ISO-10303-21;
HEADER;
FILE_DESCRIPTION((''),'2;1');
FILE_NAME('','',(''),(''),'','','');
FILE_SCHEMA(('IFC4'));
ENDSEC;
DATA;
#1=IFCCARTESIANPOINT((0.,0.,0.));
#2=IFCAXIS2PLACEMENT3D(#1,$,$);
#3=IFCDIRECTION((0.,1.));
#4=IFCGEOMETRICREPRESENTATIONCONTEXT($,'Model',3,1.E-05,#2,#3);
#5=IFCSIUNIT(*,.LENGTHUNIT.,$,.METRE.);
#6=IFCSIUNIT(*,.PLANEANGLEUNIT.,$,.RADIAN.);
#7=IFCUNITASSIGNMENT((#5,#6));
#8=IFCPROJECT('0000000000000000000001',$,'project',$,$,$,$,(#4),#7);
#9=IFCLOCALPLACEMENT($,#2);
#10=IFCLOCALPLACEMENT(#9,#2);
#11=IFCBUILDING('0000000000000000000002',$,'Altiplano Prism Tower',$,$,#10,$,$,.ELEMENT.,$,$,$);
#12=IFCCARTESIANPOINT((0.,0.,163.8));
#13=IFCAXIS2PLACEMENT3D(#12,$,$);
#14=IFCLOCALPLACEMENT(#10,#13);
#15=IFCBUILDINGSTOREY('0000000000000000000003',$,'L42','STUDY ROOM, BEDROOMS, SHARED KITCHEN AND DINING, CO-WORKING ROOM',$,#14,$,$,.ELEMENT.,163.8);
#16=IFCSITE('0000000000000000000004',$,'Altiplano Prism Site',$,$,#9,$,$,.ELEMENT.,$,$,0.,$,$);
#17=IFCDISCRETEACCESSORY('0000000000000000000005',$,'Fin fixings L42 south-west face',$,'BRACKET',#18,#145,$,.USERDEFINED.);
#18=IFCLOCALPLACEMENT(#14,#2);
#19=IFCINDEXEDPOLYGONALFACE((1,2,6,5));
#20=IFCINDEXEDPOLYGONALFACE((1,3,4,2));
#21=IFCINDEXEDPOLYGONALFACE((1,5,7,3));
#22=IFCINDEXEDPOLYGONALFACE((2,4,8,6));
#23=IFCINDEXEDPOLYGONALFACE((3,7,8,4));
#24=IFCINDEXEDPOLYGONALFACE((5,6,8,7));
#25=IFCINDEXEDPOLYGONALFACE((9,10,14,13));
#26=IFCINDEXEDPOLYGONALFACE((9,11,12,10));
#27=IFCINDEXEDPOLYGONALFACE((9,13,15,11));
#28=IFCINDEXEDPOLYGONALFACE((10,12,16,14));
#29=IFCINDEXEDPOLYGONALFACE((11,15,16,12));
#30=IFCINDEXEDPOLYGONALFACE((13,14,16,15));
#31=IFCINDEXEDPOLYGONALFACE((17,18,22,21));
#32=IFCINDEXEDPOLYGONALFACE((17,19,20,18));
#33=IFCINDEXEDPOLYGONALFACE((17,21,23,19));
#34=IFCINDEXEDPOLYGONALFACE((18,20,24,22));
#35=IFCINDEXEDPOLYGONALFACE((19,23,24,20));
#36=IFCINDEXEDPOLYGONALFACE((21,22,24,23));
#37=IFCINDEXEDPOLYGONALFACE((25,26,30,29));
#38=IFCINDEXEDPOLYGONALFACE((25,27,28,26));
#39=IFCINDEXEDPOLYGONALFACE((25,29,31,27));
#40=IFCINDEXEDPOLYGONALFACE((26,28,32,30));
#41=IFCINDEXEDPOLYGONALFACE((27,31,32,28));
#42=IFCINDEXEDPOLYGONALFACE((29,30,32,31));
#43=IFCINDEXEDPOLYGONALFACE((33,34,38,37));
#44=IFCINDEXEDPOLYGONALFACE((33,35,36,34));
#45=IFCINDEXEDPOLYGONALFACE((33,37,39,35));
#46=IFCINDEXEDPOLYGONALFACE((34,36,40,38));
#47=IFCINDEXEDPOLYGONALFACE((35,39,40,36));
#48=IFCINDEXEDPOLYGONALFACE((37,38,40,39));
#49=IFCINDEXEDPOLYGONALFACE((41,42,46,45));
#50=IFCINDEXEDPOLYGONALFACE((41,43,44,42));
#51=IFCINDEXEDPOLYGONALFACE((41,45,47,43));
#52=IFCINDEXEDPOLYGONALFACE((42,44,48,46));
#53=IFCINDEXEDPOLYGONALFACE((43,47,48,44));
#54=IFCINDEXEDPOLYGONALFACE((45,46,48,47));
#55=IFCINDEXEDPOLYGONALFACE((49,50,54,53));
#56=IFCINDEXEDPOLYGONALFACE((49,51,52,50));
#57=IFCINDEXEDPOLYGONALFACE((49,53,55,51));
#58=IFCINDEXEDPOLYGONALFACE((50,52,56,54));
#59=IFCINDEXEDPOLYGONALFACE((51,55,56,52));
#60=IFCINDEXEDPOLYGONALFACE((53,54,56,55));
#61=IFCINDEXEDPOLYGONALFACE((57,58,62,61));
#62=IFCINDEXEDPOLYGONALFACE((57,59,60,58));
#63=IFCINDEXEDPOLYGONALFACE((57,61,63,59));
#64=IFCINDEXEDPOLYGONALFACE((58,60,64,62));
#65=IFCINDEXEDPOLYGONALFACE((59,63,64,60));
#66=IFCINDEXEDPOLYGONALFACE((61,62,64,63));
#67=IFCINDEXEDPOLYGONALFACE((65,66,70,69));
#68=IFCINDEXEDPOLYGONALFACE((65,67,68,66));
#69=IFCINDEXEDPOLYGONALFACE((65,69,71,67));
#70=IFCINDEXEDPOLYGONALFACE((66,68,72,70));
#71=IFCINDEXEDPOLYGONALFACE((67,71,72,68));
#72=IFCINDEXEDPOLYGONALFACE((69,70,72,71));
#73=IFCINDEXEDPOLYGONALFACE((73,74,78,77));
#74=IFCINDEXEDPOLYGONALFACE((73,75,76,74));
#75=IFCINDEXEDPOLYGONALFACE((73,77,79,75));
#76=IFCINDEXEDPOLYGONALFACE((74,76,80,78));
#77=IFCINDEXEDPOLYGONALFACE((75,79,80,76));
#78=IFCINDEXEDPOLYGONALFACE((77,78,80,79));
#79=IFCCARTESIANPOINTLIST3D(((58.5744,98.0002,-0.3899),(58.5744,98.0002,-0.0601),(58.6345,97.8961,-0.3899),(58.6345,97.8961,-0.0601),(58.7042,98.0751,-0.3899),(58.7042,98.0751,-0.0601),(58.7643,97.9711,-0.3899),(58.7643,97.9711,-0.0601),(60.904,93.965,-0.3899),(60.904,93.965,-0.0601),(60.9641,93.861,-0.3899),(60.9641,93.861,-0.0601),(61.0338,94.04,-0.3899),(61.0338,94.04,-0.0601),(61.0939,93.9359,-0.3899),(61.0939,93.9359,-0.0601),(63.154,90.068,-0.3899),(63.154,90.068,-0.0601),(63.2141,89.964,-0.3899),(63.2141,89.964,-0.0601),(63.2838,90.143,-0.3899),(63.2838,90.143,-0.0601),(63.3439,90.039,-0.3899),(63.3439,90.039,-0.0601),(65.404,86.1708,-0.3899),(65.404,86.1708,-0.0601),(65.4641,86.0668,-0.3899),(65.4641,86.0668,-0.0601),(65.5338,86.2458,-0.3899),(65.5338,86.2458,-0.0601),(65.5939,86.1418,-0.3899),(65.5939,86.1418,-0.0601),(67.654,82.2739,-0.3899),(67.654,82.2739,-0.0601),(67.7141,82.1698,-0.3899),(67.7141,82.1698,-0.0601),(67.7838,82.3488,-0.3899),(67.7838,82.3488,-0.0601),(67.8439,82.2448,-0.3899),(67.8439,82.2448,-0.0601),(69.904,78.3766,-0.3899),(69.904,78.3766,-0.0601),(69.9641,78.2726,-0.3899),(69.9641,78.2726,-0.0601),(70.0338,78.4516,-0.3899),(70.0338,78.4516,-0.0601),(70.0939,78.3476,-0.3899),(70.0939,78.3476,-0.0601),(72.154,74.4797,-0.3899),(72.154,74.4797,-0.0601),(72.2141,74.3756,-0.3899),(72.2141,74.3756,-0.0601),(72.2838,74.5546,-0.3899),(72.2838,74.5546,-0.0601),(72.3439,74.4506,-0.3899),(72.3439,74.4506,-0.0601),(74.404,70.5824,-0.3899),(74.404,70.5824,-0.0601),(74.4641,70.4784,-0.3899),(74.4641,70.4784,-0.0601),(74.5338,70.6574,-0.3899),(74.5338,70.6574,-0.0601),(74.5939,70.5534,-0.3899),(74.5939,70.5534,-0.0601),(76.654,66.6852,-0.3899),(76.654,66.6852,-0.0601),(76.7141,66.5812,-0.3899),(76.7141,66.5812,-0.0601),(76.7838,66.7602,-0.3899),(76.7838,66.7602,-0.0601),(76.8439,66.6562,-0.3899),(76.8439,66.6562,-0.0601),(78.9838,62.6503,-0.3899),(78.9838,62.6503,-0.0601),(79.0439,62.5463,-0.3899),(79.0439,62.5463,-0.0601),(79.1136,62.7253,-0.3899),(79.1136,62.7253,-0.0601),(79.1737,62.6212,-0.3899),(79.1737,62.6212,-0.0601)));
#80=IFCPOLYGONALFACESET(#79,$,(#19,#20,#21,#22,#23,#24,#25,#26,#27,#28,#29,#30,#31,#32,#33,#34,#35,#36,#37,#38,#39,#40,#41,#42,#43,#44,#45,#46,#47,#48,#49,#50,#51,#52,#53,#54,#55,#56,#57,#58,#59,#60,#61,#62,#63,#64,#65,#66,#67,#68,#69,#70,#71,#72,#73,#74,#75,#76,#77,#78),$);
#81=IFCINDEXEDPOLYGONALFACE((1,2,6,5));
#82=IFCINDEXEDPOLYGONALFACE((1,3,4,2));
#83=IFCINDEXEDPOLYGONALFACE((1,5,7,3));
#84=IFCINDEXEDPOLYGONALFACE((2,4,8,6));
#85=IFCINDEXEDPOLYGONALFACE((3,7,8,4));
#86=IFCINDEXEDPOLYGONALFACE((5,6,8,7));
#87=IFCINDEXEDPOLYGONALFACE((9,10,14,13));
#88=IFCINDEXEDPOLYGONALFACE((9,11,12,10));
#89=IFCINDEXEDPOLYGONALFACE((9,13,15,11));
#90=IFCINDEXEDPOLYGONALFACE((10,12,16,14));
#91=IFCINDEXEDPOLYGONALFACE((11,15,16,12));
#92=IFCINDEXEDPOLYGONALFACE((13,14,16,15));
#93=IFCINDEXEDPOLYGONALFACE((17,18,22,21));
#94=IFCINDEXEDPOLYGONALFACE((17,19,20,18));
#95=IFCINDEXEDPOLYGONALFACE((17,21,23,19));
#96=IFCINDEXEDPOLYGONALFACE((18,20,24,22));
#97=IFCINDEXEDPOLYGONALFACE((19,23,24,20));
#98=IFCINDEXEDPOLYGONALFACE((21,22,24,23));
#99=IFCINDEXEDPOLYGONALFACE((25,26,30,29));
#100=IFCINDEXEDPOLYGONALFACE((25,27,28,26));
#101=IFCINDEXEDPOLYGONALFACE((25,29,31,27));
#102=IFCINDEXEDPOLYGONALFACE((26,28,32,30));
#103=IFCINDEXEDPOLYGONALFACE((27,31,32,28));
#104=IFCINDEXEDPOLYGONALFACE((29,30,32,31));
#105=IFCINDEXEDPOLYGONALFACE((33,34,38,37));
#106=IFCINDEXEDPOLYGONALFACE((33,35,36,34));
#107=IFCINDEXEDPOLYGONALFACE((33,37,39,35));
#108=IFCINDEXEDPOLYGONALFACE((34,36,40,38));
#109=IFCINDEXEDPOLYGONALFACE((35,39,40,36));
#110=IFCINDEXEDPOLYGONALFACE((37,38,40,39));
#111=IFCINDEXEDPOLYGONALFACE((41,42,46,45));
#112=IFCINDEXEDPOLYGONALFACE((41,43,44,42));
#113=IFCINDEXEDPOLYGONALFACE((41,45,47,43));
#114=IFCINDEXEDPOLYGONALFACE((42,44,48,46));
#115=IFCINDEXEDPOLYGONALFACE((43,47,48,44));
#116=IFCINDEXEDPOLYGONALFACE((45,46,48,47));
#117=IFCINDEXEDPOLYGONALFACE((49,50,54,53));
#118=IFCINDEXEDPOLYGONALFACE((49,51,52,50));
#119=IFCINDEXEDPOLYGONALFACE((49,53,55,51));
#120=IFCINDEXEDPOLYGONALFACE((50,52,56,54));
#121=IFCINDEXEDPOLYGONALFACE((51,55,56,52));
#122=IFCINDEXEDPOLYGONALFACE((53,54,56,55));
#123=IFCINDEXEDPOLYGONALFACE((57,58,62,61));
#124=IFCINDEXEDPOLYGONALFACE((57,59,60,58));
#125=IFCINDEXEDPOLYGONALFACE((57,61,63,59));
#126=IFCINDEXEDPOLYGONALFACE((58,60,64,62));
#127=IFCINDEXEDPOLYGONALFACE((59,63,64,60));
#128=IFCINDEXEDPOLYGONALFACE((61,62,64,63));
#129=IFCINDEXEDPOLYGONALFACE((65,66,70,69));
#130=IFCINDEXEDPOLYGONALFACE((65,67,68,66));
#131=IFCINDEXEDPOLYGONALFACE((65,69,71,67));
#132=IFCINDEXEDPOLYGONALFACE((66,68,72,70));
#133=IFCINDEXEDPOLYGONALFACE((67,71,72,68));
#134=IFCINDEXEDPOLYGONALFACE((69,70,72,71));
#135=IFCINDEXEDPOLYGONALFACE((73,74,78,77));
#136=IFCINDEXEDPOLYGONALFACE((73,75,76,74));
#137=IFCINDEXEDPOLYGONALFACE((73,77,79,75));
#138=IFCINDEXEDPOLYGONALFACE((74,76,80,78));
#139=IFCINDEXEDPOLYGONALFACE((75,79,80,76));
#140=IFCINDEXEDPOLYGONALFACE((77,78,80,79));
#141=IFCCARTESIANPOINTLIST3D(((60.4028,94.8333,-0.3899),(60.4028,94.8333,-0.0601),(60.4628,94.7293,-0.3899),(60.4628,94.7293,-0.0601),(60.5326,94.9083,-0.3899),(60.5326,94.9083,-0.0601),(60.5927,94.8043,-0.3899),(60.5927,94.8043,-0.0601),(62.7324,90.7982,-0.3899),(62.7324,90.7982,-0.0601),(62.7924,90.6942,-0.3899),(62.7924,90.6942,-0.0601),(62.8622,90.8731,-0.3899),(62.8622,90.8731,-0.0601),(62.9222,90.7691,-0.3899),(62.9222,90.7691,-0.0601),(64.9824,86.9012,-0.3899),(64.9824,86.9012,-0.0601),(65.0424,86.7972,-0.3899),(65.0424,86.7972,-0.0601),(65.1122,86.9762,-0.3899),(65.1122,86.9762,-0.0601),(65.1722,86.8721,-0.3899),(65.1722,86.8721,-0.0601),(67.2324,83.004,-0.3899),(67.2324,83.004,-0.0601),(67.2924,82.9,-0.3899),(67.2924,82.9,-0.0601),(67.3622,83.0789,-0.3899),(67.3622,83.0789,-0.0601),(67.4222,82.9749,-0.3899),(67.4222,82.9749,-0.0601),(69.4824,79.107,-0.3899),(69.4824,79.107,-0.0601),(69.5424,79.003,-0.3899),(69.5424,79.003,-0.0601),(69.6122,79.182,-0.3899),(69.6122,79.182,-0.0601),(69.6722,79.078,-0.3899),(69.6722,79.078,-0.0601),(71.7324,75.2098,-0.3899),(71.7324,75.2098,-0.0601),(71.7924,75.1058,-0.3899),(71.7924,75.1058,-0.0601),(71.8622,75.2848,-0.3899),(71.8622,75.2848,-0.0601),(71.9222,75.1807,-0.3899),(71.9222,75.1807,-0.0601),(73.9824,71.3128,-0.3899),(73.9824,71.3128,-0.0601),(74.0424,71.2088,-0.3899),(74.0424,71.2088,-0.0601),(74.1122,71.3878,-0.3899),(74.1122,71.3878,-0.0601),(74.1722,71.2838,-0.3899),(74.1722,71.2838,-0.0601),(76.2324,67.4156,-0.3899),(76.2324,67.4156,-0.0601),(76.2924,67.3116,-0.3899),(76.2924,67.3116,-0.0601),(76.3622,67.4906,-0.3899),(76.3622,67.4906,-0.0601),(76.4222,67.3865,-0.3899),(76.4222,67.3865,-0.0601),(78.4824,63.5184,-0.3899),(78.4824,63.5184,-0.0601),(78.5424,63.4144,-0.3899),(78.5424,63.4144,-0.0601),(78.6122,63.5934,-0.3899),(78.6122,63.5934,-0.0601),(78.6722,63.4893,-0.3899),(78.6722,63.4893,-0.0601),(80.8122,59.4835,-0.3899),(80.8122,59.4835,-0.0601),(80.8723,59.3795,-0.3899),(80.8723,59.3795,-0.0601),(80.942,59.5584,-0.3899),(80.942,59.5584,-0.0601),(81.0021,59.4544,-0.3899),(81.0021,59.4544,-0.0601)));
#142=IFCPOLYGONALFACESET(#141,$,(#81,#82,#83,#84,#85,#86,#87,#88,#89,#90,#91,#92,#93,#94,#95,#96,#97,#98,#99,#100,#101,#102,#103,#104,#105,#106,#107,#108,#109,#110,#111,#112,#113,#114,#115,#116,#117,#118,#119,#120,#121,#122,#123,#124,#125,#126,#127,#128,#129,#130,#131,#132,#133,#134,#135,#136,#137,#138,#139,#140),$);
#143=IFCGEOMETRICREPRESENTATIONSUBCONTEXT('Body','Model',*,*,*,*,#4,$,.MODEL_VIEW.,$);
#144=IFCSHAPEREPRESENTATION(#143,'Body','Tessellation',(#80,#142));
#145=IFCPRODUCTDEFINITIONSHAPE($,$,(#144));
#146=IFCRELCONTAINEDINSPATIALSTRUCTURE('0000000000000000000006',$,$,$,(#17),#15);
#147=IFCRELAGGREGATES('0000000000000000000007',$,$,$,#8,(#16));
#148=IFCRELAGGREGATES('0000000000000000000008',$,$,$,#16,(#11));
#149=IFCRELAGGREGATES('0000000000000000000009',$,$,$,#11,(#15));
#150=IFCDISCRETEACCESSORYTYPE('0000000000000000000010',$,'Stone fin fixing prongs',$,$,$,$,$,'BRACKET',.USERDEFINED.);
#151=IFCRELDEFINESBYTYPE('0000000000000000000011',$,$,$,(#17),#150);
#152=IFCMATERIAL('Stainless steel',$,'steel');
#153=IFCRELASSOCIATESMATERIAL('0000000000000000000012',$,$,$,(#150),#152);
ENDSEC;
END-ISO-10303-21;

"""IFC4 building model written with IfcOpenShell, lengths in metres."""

from ifc_helpers import new_model, si_unit, direction, frame, origin, place, context, subcontext, project, spatial, polyline, outline, extrude, source, transform, mapped, material, type_object, element, save


model = new_model("IFC4")

# Units and contexts
model_context = context("Model", 3, precision=1e-05, world=origin(), true_north=direction((0.0, 1.0)))
body_context = subcontext(model_context, "Body", "Model", "MODEL_VIEW")
ifc_project = project(units=[si_unit("LENGTHUNIT", "METRE"), si_unit("PLANEANGLEUNIT", "RADIAN")], contexts=[model_context])

# Site, building, storey
site_placement = place(None, origin())
site = spatial("IfcSite", under=ifc_project, at=site_placement, Name="Altiplano Prism Site", CompositionType="ELEMENT", RefElevation=0.0)
building_placement = place(site_placement, origin())
building = spatial("IfcBuilding", under=site, at=building_placement, Name="Altiplano Prism Tower", CompositionType="ELEMENT")
storey_placement = place(building_placement, frame((0.0, 0.0, 163.8)))
storey = spatial("IfcBuildingStorey", under=building, at=storey_placement, Name="L42", Description="STUDY ROOM, BEDROOMS, SHARED KITCHEN AND DINING, CO-WORKING ROOM", CompositionType="ELEMENT", Elevation=163.8)

# Discrete accessory
ifc_material_1 = material(Name="Stainless steel", Category="steel")
discrete_accessory_type = type_object("IfcDiscreteAccessoryType", Name="Stone fin fixing prongs", ElementType="BRACKET", PredefinedType="USERDEFINED", material=ifc_material_1)
shared_shape_1 = source(origin(), body_context, "Body", "SweptSolid", [
    extrude(outline(polyline([(-1.8884, 0.0601), (-1.7683, 0.0601), (-1.7683, 0.3899), (-1.8884, 0.3899), (-1.8884, 0.0601)])), frame((0.0, 0.0, 0.0), z_axis=(0.0, -1.0, 0.0), x_axis=(1.0, 0.0, 0.0)), (0.0, 0.0, 1.0), 0.1499),
    extrude(outline(polyline([(1.7683, 0.0601), (1.8884, 0.0601), (1.8884, 0.3899), (1.7683, 0.3899), (1.7683, 0.0601)])), frame((0.0, 0.0, 0.0), z_axis=(0.0, -1.0, 0.0), x_axis=(1.0, 0.0, 0.0)), (0.0, 0.0, 1.0), 0.1499),
])
shared_shape_2 = source(origin(), body_context, "Body", "SweptSolid", [
    extrude(outline(polyline([(-1.8884, 0.0601), (-1.7683, 0.0601), (-1.7683, 0.3899), (-1.8884, 0.3899), (-1.8884, 0.0601)])), frame((0.0, 0.0, 0.0), z_axis=(0.0, -1.0, 0.0), x_axis=(1.0, 0.0, 0.0)), (0.0, 0.0, 1.0), 0.1499),
    extrude(outline(polyline([(1.7683, 0.0601), (1.8884, 0.0601), (1.8884, 0.3899), (1.7683, 0.3899), (1.7683, 0.0601)])), frame((0.0, 0.0, 0.0), z_axis=(0.0, -1.0, 0.0), x_axis=(1.0, 0.0, 0.0)), (0.0, 0.0, 1.0), 0.1499),
])
discrete_accessory_1_placement = place(storey_placement, origin())
element("IfcDiscreteAccessory", 1, at=discrete_accessory_1_placement, inside=storey, type_object=discrete_accessory_type, Name="Fin fixings L42 south-west face", ObjectType="BRACKET", PredefinedType="USERDEFINED", context=body_context, shape_type="MappedRepresentation", body=[
    mapped(shared_shape_1, transform((59.6484, 96.4397, -0.45), x_axis=(0.5, -0.866025, 0.0), y_axis=(0.866025, 0.5, 0.0), z_axis=(0.0, 0.0, 1.0))),
    mapped(shared_shape_2, transform((61.978, 92.4045, -0.45), x_axis=(0.5, -0.866025, 0.0), y_axis=(0.866025, 0.5, 0.0), z_axis=(0.0, 0.0, 1.0))),
    mapped(shared_shape_2, transform((64.228, 88.5076, -0.45), x_axis=(0.5, -0.866025, 0.0), y_axis=(0.866025, 0.5, 0.0), z_axis=(0.0, 0.0, 1.0))),
    mapped(shared_shape_2, transform((66.478, 84.6104, -0.45), x_axis=(0.5, -0.866025, 0.0), y_axis=(0.866025, 0.5, 0.0), z_axis=(0.0, 0.0, 1.0))),
    mapped(shared_shape_2, transform((68.728, 80.7134, -0.45), x_axis=(0.5, -0.866025, 0.0), y_axis=(0.866025, 0.5, 0.0), z_axis=(0.0, 0.0, 1.0))),
    mapped(shared_shape_2, transform((70.978, 76.8162, -0.45), x_axis=(0.5, -0.866025, 0.0), y_axis=(0.866025, 0.5, 0.0), z_axis=(0.0, 0.0, 1.0))),
    mapped(shared_shape_2, transform((73.228, 72.9192, -0.45), x_axis=(0.5, -0.866025, 0.0), y_axis=(0.866025, 0.5, 0.0), z_axis=(0.0, 0.0, 1.0))),
    mapped(shared_shape_2, transform((75.478, 69.022, -0.45), x_axis=(0.5, -0.866025, 0.0), y_axis=(0.866025, 0.5, 0.0), z_axis=(0.0, 0.0, 1.0))),
    mapped(shared_shape_2, transform((77.728, 65.1248, -0.45), x_axis=(0.5, -0.866025, 0.0), y_axis=(0.866025, 0.5, 0.0), z_axis=(0.0, 0.0, 1.0))),
    mapped(shared_shape_1, transform((80.0579, 61.0898, -0.45), x_axis=(0.5, -0.866025, 0.0), y_axis=(0.866025, 0.5, 0.0), z_axis=(0.0, 0.0, 1.0))),
])

save(model, "model.ifc")
